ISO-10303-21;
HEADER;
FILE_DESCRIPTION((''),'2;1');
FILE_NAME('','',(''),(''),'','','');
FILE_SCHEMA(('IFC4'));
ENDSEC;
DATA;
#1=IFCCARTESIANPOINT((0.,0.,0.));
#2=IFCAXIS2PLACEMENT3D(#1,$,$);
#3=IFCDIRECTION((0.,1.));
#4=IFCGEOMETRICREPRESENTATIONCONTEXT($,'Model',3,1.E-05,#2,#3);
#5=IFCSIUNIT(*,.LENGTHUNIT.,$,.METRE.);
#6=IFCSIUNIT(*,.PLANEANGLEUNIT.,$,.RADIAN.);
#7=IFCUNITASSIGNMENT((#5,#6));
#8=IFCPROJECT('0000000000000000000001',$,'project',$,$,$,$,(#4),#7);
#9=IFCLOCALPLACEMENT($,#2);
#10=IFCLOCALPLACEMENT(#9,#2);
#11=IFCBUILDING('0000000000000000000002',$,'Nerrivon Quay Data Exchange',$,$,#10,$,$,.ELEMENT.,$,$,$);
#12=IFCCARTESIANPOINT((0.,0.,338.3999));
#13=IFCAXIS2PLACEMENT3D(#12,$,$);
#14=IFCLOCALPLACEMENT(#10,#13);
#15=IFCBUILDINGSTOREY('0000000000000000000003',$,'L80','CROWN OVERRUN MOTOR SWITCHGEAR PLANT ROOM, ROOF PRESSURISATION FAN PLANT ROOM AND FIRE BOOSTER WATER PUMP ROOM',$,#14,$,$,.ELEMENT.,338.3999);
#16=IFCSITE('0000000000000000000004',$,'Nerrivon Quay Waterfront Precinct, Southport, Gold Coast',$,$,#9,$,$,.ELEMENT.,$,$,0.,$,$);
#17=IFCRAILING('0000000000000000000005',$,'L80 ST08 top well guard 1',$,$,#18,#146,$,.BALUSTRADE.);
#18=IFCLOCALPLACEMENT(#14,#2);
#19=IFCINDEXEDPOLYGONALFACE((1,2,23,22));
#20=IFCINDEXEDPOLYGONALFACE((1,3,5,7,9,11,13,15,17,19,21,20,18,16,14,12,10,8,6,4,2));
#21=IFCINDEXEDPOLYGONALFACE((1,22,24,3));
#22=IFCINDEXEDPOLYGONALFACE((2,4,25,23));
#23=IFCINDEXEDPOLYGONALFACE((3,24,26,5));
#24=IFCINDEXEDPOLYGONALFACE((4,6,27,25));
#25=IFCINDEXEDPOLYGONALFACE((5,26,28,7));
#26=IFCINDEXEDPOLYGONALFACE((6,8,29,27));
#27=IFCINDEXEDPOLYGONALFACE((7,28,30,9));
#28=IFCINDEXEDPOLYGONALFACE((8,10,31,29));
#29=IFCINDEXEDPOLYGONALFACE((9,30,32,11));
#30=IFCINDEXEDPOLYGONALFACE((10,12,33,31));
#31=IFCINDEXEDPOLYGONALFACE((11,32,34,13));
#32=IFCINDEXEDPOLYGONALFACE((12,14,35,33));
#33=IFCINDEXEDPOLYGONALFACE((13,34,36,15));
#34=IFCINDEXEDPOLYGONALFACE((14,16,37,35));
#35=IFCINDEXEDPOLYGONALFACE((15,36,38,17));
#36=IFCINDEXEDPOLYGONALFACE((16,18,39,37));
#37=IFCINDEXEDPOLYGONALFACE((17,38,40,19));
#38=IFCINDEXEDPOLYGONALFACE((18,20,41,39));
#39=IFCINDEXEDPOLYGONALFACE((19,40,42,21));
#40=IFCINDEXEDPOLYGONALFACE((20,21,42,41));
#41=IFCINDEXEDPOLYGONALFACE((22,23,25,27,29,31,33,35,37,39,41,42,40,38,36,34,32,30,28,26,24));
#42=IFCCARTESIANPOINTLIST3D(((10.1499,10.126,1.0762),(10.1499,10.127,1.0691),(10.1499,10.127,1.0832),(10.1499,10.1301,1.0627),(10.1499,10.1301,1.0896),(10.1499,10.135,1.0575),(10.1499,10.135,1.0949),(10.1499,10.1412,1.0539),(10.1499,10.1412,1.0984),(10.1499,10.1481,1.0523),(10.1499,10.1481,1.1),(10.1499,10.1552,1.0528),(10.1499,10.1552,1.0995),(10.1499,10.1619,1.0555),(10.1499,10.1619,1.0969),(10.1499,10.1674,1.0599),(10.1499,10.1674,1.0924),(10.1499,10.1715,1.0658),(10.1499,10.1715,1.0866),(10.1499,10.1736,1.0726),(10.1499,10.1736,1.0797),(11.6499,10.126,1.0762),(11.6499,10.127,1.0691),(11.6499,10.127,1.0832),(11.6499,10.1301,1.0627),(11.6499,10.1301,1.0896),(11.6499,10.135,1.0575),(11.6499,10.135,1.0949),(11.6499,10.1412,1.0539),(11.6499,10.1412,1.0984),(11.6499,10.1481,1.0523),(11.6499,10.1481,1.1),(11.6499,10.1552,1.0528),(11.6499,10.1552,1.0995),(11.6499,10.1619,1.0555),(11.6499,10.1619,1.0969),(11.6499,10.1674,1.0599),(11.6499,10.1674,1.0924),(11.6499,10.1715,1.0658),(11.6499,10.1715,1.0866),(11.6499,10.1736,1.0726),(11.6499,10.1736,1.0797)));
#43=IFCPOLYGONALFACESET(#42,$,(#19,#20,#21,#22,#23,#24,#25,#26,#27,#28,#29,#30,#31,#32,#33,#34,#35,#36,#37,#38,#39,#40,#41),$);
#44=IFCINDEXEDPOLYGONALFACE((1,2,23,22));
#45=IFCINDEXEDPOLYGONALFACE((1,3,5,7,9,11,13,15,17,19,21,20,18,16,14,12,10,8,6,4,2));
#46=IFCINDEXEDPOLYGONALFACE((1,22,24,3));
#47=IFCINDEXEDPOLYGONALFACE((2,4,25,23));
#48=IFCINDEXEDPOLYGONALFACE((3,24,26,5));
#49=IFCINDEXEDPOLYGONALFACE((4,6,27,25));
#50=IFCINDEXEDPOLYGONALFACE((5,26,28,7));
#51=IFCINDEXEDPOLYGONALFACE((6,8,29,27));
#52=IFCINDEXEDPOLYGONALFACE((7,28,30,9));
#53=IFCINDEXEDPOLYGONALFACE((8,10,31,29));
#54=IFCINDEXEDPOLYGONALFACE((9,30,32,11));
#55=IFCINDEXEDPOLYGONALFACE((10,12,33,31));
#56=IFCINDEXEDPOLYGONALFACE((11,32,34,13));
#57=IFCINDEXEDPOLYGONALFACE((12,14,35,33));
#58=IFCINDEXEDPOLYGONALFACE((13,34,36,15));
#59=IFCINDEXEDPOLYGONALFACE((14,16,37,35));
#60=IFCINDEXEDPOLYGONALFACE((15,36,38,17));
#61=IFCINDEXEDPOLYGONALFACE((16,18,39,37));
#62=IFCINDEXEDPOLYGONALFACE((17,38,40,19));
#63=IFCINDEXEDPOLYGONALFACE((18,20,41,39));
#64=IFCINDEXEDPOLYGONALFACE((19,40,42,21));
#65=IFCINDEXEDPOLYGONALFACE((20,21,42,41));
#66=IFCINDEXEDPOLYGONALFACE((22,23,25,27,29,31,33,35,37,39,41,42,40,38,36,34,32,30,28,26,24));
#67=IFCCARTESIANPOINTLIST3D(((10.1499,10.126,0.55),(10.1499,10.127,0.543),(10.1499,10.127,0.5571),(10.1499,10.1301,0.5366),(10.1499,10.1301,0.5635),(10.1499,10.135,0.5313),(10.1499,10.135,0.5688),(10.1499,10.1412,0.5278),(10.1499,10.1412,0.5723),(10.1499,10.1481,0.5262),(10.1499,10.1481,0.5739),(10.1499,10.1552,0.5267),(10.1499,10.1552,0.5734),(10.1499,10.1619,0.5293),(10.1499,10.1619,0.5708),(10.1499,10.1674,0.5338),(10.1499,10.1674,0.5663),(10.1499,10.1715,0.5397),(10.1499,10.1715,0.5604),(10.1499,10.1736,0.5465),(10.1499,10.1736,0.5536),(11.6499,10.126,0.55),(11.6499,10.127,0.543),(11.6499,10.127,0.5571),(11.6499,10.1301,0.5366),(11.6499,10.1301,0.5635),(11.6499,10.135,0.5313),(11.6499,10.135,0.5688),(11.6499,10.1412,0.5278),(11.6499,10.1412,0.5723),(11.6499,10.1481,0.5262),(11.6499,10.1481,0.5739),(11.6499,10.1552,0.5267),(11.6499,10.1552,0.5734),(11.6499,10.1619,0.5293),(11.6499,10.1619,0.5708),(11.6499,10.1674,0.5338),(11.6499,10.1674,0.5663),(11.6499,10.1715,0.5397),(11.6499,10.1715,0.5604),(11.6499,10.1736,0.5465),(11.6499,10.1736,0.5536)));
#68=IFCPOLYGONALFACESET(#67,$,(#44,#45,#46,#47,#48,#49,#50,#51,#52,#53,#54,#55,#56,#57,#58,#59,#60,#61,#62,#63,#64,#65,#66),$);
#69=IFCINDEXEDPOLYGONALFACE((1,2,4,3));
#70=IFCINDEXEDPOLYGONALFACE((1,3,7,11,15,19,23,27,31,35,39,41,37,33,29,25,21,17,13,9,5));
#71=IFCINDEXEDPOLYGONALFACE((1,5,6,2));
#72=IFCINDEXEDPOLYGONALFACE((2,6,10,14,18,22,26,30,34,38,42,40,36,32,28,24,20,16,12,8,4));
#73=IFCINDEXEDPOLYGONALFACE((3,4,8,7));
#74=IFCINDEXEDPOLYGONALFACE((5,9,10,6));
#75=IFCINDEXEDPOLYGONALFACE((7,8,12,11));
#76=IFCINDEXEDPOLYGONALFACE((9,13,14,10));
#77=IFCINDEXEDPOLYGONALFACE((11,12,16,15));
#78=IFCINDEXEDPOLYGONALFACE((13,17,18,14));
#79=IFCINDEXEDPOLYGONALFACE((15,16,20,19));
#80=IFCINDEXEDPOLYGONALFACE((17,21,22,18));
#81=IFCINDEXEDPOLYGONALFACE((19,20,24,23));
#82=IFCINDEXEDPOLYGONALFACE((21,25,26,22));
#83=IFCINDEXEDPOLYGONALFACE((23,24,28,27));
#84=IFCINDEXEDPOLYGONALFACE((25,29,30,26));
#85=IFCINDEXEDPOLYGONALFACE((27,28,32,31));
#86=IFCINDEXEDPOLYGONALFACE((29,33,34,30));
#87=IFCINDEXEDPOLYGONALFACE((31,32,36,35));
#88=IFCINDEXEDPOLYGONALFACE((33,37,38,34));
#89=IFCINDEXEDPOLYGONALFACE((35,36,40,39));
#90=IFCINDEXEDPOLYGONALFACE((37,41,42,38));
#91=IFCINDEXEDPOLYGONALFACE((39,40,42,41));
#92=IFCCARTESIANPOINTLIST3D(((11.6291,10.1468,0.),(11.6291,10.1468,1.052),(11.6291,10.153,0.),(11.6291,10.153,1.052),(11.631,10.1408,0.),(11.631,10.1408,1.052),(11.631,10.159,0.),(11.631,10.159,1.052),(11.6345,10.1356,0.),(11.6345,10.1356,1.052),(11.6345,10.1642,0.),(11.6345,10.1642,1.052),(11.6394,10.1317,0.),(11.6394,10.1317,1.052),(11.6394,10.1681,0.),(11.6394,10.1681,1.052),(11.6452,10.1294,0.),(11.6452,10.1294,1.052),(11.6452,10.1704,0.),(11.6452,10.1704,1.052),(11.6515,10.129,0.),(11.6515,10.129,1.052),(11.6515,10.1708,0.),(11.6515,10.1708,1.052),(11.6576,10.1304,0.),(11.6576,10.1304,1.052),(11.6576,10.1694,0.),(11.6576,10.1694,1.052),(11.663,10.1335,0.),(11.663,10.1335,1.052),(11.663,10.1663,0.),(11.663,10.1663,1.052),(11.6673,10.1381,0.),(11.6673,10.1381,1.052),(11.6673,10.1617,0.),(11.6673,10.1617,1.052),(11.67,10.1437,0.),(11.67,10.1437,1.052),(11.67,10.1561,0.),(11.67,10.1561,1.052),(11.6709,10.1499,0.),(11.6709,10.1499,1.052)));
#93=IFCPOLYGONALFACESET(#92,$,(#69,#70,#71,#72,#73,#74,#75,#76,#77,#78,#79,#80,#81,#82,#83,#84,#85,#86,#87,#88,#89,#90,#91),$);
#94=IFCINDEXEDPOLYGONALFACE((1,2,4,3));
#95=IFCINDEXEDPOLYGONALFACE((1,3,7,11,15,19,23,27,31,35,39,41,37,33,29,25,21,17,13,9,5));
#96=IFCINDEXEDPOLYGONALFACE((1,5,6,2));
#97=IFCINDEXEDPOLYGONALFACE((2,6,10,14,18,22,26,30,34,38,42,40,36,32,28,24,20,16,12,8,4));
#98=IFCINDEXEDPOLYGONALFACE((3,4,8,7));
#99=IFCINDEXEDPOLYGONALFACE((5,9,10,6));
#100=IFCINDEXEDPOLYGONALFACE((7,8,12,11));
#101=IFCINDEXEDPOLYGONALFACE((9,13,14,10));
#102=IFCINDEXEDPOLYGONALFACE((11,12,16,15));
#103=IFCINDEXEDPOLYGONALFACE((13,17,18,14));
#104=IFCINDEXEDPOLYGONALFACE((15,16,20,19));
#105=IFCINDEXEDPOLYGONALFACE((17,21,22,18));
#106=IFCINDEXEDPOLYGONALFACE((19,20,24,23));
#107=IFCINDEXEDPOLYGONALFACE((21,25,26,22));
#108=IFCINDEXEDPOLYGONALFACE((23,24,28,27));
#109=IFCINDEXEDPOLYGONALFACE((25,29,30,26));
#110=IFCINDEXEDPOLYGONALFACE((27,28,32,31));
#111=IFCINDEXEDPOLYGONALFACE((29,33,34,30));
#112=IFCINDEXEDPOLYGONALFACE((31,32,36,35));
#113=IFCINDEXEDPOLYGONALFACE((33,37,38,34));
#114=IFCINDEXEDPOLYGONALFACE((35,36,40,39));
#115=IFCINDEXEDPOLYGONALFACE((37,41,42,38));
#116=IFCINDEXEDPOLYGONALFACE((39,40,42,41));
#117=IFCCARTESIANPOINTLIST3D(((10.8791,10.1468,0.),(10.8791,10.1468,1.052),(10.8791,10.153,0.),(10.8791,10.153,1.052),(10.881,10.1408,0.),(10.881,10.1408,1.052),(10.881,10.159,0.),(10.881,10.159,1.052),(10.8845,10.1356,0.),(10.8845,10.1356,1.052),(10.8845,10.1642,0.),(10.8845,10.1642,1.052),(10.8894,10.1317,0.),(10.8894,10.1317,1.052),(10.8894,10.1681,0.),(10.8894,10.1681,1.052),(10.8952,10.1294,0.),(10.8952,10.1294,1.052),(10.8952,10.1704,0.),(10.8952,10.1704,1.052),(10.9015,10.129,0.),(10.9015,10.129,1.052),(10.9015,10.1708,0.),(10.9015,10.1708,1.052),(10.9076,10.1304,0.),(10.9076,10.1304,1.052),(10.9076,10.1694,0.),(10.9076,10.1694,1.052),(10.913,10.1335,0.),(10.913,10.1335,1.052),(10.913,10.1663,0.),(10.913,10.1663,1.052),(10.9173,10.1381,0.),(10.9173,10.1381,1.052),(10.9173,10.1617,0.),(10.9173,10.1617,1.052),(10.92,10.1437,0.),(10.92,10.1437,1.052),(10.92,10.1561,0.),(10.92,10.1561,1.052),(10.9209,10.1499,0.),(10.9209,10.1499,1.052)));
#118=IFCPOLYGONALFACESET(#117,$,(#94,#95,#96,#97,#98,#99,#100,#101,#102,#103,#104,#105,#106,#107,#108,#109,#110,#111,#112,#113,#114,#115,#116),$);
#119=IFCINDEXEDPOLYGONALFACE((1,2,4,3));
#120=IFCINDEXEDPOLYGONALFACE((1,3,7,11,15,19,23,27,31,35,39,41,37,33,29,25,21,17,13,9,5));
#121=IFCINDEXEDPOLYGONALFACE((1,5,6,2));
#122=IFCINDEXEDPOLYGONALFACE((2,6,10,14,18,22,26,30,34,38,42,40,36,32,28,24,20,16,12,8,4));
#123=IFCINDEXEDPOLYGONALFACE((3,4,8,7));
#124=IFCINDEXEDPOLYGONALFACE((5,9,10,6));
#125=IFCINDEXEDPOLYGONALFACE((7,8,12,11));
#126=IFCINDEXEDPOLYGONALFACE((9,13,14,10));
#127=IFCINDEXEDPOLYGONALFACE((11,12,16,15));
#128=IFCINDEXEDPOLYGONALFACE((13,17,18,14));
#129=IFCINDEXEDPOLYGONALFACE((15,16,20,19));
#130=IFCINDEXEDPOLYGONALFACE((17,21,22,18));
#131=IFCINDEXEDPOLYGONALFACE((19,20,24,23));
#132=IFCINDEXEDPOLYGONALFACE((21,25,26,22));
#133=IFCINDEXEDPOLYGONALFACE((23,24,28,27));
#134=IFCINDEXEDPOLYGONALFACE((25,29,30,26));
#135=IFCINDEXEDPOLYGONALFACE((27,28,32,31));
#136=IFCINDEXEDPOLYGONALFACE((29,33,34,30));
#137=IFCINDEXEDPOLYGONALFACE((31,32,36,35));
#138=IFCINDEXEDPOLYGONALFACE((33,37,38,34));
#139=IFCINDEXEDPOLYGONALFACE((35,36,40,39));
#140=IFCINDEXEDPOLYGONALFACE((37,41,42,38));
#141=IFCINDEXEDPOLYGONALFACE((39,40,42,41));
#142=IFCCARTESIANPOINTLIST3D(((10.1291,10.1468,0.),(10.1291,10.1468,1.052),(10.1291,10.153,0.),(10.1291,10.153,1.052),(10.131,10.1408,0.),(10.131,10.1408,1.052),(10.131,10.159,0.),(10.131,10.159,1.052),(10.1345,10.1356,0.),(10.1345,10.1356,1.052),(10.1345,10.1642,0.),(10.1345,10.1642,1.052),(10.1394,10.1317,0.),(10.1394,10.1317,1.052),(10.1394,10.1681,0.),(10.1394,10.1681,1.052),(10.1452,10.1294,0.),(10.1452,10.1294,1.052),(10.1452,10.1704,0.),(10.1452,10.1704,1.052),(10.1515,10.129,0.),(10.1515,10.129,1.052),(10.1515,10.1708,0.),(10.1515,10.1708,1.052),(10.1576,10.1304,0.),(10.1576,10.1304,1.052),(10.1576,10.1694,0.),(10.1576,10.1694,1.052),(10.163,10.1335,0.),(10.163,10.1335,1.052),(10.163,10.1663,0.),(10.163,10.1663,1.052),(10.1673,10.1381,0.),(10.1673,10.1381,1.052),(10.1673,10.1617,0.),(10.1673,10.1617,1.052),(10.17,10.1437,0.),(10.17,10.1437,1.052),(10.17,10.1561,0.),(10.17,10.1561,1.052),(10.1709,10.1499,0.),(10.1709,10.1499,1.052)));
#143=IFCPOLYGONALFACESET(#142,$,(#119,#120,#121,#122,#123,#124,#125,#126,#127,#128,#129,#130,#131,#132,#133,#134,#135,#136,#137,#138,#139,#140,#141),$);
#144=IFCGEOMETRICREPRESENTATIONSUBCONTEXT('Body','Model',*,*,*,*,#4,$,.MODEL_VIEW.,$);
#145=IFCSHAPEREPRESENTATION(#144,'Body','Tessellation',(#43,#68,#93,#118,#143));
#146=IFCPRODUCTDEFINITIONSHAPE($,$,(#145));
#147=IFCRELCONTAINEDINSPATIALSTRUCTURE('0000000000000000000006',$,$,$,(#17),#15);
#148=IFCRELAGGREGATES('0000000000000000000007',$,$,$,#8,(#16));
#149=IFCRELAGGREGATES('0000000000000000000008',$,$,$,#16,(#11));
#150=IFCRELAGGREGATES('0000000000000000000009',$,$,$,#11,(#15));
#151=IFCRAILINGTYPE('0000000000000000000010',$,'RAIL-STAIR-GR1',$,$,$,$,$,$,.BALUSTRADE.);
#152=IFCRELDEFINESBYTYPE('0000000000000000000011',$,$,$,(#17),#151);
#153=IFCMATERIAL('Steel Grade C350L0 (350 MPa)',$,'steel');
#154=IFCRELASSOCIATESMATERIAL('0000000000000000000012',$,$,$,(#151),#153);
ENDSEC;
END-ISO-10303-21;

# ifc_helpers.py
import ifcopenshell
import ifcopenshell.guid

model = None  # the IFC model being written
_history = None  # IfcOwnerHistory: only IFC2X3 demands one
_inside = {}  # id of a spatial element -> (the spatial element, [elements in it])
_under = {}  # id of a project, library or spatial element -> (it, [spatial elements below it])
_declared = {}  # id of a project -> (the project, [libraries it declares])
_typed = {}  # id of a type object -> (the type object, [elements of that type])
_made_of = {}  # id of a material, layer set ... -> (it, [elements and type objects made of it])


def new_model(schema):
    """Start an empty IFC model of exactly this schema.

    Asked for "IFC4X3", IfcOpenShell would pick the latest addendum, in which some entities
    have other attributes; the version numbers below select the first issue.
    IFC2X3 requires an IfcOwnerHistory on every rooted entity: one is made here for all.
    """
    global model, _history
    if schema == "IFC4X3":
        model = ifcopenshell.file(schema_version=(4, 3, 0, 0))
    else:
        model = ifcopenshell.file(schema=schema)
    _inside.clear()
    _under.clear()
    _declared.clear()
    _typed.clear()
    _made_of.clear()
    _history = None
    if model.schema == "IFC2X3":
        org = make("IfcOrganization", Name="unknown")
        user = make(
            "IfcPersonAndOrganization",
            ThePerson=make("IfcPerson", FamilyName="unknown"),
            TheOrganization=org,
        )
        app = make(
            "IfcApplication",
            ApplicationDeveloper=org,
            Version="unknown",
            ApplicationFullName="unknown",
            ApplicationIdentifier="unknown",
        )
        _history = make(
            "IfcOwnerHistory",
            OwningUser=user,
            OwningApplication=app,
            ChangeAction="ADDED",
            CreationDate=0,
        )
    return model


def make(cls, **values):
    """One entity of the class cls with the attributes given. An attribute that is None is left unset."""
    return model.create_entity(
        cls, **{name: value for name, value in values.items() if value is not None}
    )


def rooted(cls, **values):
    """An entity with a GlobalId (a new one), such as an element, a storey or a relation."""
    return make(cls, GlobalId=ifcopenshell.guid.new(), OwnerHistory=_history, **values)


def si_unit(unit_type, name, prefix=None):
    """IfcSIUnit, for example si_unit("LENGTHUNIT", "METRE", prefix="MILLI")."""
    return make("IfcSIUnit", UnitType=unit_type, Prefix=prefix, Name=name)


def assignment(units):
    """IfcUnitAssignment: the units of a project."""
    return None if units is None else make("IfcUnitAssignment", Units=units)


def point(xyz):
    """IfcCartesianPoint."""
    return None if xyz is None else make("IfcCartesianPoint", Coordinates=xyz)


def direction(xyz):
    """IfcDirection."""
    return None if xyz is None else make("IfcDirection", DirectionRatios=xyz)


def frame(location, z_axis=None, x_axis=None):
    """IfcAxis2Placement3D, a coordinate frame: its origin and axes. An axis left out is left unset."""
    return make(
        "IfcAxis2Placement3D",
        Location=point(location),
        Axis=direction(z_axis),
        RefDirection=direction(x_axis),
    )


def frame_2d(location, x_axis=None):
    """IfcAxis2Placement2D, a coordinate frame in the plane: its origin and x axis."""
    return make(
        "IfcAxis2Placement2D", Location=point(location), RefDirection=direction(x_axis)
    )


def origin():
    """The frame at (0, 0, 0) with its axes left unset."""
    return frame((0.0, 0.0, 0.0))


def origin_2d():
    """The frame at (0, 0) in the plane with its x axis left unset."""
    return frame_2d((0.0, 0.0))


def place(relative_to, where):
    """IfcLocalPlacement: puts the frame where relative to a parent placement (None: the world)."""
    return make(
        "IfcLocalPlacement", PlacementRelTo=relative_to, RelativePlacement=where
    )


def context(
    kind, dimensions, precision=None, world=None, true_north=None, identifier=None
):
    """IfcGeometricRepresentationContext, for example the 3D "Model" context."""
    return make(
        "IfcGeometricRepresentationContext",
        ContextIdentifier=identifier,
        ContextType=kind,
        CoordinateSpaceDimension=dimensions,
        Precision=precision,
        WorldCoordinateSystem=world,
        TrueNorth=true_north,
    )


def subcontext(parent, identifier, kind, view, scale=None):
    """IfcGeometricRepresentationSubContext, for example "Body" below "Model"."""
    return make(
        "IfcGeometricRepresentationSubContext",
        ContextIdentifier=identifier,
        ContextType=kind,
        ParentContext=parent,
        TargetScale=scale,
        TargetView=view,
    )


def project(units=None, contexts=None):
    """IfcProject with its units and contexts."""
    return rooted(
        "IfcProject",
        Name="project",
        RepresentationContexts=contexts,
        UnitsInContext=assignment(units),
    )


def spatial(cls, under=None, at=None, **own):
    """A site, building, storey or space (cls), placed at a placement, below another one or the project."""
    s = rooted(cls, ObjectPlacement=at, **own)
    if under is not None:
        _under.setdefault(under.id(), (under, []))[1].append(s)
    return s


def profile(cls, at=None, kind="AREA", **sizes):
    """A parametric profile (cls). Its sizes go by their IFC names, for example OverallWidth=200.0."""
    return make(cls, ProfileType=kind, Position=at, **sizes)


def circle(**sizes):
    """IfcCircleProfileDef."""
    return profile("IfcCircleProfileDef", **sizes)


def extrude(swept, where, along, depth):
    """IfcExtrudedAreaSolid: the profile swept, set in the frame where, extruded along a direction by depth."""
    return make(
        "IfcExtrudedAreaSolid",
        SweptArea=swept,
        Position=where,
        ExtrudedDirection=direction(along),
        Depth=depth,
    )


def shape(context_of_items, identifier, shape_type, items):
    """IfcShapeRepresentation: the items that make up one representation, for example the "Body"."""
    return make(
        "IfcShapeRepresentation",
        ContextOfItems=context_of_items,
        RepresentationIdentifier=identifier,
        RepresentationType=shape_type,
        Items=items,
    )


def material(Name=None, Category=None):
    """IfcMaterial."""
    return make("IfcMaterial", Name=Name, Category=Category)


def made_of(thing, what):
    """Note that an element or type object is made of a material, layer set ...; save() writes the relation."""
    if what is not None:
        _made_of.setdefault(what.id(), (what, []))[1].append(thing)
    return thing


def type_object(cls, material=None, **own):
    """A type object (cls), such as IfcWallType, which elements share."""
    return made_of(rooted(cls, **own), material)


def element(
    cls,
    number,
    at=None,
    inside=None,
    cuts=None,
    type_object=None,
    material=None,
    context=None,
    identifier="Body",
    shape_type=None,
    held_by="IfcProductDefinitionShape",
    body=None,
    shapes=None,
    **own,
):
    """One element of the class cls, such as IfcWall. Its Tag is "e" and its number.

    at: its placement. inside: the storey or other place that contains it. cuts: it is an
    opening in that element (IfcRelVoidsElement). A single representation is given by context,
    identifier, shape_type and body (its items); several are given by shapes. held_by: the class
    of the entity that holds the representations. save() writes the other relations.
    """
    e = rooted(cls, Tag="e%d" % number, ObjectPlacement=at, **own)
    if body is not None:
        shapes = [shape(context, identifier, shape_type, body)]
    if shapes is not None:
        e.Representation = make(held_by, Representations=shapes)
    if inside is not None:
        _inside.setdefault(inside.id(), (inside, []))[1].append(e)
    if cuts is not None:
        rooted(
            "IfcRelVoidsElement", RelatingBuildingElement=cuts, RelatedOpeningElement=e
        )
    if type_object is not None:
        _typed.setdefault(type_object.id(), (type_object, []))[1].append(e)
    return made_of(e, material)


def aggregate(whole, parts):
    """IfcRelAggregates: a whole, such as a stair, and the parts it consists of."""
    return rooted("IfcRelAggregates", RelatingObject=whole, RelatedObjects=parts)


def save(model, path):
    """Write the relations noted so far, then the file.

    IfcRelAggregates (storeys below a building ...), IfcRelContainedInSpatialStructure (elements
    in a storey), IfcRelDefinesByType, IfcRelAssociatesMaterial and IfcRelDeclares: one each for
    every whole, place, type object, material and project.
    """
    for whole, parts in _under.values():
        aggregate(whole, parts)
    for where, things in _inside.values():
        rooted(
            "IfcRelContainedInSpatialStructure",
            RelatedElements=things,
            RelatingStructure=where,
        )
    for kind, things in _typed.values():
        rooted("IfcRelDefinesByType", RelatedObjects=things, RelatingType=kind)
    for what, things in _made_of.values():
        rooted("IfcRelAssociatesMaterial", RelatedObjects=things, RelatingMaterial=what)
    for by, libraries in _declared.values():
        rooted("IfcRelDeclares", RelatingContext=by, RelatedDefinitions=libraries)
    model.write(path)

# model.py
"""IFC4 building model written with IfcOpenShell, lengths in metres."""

from ifc_helpers import new_model, si_unit, direction, frame, origin, origin_2d, place, context, subcontext, project, spatial, circle, extrude, material, type_object, element, save


model = new_model("IFC4")

# Units and contexts
model_context = context("Model", 3, precision=1e-05, world=origin(), true_north=direction((0.0, 1.0)))
body_context = subcontext(model_context, "Body", "Model", "MODEL_VIEW")
ifc_project = project(units=[si_unit("LENGTHUNIT", "METRE"), si_unit("PLANEANGLEUNIT", "RADIAN")], contexts=[model_context])

# Site, building, storey
site_placement = place(None, origin())
site = spatial("IfcSite", under=ifc_project, at=site_placement, Name="Nerrivon Quay Waterfront Precinct, Southport, Gold Coast", CompositionType="ELEMENT", RefElevation=0.0)
building_placement = place(site_placement, origin())
building = spatial("IfcBuilding", under=site, at=building_placement, Name="Nerrivon Quay Data Exchange", CompositionType="ELEMENT")
storey_placement = place(building_placement, frame((0.0, 0.0, 338.3999)))
storey = spatial("IfcBuildingStorey", under=building, at=storey_placement, Name="L80", Description="CROWN OVERRUN MOTOR SWITCHGEAR PLANT ROOM, ROOF PRESSURISATION FAN PLANT ROOM AND FIRE BOOSTER WATER PUMP ROOM", CompositionType="ELEMENT", Elevation=338.3999)

# Railing
ifc_material_1 = material(Name="Steel Grade C350L0 (350 MPa)", Category="steel")
railing_type = type_object("IfcRailingType", Name="RAIL-STAIR-GR1", PredefinedType="BALUSTRADE", material=ifc_material_1)
railing_placement = place(storey_placement, frame((11.6499, 10.1499, 0.0)))
element("IfcRailing", 1, at=railing_placement, inside=storey, type_object=railing_type, Name="L80 ST08 top well guard 1", PredefinedType="BALUSTRADE", context=body_context, shape_type="SweptSolid", body=[
    extrude(circle(Radius=0.0239, at=origin_2d()), frame((0.0, 0.0, 1.0762), z_axis=(-1.0, 0.0, 0.0), x_axis=(0.0, -1.0, 0.0)), (0.0, 0.0, 1.0), 1.5),
    extrude(circle(Radius=0.0239, at=origin_2d()), frame((0.0, 0.0, 0.55), z_axis=(-1.0, 0.0, 0.0), x_axis=(0.0, -1.0, 0.0)), (0.0, 0.0, 1.0), 1.5),
    extrude(circle(Radius=0.021, at=origin_2d()), origin(), (0.0, 0.0, 1.0), 1.052),
    extrude(circle(Radius=0.021, at=origin_2d()), frame((-0.75, 0.0, 0.0)), (0.0, 0.0, 1.0), 1.052),
    extrude(circle(Radius=0.021, at=origin_2d()), frame((-1.5, 0.0, 0.0)), (0.0, 0.0, 1.0), 1.052),
])

save(model, "model.ifc")
